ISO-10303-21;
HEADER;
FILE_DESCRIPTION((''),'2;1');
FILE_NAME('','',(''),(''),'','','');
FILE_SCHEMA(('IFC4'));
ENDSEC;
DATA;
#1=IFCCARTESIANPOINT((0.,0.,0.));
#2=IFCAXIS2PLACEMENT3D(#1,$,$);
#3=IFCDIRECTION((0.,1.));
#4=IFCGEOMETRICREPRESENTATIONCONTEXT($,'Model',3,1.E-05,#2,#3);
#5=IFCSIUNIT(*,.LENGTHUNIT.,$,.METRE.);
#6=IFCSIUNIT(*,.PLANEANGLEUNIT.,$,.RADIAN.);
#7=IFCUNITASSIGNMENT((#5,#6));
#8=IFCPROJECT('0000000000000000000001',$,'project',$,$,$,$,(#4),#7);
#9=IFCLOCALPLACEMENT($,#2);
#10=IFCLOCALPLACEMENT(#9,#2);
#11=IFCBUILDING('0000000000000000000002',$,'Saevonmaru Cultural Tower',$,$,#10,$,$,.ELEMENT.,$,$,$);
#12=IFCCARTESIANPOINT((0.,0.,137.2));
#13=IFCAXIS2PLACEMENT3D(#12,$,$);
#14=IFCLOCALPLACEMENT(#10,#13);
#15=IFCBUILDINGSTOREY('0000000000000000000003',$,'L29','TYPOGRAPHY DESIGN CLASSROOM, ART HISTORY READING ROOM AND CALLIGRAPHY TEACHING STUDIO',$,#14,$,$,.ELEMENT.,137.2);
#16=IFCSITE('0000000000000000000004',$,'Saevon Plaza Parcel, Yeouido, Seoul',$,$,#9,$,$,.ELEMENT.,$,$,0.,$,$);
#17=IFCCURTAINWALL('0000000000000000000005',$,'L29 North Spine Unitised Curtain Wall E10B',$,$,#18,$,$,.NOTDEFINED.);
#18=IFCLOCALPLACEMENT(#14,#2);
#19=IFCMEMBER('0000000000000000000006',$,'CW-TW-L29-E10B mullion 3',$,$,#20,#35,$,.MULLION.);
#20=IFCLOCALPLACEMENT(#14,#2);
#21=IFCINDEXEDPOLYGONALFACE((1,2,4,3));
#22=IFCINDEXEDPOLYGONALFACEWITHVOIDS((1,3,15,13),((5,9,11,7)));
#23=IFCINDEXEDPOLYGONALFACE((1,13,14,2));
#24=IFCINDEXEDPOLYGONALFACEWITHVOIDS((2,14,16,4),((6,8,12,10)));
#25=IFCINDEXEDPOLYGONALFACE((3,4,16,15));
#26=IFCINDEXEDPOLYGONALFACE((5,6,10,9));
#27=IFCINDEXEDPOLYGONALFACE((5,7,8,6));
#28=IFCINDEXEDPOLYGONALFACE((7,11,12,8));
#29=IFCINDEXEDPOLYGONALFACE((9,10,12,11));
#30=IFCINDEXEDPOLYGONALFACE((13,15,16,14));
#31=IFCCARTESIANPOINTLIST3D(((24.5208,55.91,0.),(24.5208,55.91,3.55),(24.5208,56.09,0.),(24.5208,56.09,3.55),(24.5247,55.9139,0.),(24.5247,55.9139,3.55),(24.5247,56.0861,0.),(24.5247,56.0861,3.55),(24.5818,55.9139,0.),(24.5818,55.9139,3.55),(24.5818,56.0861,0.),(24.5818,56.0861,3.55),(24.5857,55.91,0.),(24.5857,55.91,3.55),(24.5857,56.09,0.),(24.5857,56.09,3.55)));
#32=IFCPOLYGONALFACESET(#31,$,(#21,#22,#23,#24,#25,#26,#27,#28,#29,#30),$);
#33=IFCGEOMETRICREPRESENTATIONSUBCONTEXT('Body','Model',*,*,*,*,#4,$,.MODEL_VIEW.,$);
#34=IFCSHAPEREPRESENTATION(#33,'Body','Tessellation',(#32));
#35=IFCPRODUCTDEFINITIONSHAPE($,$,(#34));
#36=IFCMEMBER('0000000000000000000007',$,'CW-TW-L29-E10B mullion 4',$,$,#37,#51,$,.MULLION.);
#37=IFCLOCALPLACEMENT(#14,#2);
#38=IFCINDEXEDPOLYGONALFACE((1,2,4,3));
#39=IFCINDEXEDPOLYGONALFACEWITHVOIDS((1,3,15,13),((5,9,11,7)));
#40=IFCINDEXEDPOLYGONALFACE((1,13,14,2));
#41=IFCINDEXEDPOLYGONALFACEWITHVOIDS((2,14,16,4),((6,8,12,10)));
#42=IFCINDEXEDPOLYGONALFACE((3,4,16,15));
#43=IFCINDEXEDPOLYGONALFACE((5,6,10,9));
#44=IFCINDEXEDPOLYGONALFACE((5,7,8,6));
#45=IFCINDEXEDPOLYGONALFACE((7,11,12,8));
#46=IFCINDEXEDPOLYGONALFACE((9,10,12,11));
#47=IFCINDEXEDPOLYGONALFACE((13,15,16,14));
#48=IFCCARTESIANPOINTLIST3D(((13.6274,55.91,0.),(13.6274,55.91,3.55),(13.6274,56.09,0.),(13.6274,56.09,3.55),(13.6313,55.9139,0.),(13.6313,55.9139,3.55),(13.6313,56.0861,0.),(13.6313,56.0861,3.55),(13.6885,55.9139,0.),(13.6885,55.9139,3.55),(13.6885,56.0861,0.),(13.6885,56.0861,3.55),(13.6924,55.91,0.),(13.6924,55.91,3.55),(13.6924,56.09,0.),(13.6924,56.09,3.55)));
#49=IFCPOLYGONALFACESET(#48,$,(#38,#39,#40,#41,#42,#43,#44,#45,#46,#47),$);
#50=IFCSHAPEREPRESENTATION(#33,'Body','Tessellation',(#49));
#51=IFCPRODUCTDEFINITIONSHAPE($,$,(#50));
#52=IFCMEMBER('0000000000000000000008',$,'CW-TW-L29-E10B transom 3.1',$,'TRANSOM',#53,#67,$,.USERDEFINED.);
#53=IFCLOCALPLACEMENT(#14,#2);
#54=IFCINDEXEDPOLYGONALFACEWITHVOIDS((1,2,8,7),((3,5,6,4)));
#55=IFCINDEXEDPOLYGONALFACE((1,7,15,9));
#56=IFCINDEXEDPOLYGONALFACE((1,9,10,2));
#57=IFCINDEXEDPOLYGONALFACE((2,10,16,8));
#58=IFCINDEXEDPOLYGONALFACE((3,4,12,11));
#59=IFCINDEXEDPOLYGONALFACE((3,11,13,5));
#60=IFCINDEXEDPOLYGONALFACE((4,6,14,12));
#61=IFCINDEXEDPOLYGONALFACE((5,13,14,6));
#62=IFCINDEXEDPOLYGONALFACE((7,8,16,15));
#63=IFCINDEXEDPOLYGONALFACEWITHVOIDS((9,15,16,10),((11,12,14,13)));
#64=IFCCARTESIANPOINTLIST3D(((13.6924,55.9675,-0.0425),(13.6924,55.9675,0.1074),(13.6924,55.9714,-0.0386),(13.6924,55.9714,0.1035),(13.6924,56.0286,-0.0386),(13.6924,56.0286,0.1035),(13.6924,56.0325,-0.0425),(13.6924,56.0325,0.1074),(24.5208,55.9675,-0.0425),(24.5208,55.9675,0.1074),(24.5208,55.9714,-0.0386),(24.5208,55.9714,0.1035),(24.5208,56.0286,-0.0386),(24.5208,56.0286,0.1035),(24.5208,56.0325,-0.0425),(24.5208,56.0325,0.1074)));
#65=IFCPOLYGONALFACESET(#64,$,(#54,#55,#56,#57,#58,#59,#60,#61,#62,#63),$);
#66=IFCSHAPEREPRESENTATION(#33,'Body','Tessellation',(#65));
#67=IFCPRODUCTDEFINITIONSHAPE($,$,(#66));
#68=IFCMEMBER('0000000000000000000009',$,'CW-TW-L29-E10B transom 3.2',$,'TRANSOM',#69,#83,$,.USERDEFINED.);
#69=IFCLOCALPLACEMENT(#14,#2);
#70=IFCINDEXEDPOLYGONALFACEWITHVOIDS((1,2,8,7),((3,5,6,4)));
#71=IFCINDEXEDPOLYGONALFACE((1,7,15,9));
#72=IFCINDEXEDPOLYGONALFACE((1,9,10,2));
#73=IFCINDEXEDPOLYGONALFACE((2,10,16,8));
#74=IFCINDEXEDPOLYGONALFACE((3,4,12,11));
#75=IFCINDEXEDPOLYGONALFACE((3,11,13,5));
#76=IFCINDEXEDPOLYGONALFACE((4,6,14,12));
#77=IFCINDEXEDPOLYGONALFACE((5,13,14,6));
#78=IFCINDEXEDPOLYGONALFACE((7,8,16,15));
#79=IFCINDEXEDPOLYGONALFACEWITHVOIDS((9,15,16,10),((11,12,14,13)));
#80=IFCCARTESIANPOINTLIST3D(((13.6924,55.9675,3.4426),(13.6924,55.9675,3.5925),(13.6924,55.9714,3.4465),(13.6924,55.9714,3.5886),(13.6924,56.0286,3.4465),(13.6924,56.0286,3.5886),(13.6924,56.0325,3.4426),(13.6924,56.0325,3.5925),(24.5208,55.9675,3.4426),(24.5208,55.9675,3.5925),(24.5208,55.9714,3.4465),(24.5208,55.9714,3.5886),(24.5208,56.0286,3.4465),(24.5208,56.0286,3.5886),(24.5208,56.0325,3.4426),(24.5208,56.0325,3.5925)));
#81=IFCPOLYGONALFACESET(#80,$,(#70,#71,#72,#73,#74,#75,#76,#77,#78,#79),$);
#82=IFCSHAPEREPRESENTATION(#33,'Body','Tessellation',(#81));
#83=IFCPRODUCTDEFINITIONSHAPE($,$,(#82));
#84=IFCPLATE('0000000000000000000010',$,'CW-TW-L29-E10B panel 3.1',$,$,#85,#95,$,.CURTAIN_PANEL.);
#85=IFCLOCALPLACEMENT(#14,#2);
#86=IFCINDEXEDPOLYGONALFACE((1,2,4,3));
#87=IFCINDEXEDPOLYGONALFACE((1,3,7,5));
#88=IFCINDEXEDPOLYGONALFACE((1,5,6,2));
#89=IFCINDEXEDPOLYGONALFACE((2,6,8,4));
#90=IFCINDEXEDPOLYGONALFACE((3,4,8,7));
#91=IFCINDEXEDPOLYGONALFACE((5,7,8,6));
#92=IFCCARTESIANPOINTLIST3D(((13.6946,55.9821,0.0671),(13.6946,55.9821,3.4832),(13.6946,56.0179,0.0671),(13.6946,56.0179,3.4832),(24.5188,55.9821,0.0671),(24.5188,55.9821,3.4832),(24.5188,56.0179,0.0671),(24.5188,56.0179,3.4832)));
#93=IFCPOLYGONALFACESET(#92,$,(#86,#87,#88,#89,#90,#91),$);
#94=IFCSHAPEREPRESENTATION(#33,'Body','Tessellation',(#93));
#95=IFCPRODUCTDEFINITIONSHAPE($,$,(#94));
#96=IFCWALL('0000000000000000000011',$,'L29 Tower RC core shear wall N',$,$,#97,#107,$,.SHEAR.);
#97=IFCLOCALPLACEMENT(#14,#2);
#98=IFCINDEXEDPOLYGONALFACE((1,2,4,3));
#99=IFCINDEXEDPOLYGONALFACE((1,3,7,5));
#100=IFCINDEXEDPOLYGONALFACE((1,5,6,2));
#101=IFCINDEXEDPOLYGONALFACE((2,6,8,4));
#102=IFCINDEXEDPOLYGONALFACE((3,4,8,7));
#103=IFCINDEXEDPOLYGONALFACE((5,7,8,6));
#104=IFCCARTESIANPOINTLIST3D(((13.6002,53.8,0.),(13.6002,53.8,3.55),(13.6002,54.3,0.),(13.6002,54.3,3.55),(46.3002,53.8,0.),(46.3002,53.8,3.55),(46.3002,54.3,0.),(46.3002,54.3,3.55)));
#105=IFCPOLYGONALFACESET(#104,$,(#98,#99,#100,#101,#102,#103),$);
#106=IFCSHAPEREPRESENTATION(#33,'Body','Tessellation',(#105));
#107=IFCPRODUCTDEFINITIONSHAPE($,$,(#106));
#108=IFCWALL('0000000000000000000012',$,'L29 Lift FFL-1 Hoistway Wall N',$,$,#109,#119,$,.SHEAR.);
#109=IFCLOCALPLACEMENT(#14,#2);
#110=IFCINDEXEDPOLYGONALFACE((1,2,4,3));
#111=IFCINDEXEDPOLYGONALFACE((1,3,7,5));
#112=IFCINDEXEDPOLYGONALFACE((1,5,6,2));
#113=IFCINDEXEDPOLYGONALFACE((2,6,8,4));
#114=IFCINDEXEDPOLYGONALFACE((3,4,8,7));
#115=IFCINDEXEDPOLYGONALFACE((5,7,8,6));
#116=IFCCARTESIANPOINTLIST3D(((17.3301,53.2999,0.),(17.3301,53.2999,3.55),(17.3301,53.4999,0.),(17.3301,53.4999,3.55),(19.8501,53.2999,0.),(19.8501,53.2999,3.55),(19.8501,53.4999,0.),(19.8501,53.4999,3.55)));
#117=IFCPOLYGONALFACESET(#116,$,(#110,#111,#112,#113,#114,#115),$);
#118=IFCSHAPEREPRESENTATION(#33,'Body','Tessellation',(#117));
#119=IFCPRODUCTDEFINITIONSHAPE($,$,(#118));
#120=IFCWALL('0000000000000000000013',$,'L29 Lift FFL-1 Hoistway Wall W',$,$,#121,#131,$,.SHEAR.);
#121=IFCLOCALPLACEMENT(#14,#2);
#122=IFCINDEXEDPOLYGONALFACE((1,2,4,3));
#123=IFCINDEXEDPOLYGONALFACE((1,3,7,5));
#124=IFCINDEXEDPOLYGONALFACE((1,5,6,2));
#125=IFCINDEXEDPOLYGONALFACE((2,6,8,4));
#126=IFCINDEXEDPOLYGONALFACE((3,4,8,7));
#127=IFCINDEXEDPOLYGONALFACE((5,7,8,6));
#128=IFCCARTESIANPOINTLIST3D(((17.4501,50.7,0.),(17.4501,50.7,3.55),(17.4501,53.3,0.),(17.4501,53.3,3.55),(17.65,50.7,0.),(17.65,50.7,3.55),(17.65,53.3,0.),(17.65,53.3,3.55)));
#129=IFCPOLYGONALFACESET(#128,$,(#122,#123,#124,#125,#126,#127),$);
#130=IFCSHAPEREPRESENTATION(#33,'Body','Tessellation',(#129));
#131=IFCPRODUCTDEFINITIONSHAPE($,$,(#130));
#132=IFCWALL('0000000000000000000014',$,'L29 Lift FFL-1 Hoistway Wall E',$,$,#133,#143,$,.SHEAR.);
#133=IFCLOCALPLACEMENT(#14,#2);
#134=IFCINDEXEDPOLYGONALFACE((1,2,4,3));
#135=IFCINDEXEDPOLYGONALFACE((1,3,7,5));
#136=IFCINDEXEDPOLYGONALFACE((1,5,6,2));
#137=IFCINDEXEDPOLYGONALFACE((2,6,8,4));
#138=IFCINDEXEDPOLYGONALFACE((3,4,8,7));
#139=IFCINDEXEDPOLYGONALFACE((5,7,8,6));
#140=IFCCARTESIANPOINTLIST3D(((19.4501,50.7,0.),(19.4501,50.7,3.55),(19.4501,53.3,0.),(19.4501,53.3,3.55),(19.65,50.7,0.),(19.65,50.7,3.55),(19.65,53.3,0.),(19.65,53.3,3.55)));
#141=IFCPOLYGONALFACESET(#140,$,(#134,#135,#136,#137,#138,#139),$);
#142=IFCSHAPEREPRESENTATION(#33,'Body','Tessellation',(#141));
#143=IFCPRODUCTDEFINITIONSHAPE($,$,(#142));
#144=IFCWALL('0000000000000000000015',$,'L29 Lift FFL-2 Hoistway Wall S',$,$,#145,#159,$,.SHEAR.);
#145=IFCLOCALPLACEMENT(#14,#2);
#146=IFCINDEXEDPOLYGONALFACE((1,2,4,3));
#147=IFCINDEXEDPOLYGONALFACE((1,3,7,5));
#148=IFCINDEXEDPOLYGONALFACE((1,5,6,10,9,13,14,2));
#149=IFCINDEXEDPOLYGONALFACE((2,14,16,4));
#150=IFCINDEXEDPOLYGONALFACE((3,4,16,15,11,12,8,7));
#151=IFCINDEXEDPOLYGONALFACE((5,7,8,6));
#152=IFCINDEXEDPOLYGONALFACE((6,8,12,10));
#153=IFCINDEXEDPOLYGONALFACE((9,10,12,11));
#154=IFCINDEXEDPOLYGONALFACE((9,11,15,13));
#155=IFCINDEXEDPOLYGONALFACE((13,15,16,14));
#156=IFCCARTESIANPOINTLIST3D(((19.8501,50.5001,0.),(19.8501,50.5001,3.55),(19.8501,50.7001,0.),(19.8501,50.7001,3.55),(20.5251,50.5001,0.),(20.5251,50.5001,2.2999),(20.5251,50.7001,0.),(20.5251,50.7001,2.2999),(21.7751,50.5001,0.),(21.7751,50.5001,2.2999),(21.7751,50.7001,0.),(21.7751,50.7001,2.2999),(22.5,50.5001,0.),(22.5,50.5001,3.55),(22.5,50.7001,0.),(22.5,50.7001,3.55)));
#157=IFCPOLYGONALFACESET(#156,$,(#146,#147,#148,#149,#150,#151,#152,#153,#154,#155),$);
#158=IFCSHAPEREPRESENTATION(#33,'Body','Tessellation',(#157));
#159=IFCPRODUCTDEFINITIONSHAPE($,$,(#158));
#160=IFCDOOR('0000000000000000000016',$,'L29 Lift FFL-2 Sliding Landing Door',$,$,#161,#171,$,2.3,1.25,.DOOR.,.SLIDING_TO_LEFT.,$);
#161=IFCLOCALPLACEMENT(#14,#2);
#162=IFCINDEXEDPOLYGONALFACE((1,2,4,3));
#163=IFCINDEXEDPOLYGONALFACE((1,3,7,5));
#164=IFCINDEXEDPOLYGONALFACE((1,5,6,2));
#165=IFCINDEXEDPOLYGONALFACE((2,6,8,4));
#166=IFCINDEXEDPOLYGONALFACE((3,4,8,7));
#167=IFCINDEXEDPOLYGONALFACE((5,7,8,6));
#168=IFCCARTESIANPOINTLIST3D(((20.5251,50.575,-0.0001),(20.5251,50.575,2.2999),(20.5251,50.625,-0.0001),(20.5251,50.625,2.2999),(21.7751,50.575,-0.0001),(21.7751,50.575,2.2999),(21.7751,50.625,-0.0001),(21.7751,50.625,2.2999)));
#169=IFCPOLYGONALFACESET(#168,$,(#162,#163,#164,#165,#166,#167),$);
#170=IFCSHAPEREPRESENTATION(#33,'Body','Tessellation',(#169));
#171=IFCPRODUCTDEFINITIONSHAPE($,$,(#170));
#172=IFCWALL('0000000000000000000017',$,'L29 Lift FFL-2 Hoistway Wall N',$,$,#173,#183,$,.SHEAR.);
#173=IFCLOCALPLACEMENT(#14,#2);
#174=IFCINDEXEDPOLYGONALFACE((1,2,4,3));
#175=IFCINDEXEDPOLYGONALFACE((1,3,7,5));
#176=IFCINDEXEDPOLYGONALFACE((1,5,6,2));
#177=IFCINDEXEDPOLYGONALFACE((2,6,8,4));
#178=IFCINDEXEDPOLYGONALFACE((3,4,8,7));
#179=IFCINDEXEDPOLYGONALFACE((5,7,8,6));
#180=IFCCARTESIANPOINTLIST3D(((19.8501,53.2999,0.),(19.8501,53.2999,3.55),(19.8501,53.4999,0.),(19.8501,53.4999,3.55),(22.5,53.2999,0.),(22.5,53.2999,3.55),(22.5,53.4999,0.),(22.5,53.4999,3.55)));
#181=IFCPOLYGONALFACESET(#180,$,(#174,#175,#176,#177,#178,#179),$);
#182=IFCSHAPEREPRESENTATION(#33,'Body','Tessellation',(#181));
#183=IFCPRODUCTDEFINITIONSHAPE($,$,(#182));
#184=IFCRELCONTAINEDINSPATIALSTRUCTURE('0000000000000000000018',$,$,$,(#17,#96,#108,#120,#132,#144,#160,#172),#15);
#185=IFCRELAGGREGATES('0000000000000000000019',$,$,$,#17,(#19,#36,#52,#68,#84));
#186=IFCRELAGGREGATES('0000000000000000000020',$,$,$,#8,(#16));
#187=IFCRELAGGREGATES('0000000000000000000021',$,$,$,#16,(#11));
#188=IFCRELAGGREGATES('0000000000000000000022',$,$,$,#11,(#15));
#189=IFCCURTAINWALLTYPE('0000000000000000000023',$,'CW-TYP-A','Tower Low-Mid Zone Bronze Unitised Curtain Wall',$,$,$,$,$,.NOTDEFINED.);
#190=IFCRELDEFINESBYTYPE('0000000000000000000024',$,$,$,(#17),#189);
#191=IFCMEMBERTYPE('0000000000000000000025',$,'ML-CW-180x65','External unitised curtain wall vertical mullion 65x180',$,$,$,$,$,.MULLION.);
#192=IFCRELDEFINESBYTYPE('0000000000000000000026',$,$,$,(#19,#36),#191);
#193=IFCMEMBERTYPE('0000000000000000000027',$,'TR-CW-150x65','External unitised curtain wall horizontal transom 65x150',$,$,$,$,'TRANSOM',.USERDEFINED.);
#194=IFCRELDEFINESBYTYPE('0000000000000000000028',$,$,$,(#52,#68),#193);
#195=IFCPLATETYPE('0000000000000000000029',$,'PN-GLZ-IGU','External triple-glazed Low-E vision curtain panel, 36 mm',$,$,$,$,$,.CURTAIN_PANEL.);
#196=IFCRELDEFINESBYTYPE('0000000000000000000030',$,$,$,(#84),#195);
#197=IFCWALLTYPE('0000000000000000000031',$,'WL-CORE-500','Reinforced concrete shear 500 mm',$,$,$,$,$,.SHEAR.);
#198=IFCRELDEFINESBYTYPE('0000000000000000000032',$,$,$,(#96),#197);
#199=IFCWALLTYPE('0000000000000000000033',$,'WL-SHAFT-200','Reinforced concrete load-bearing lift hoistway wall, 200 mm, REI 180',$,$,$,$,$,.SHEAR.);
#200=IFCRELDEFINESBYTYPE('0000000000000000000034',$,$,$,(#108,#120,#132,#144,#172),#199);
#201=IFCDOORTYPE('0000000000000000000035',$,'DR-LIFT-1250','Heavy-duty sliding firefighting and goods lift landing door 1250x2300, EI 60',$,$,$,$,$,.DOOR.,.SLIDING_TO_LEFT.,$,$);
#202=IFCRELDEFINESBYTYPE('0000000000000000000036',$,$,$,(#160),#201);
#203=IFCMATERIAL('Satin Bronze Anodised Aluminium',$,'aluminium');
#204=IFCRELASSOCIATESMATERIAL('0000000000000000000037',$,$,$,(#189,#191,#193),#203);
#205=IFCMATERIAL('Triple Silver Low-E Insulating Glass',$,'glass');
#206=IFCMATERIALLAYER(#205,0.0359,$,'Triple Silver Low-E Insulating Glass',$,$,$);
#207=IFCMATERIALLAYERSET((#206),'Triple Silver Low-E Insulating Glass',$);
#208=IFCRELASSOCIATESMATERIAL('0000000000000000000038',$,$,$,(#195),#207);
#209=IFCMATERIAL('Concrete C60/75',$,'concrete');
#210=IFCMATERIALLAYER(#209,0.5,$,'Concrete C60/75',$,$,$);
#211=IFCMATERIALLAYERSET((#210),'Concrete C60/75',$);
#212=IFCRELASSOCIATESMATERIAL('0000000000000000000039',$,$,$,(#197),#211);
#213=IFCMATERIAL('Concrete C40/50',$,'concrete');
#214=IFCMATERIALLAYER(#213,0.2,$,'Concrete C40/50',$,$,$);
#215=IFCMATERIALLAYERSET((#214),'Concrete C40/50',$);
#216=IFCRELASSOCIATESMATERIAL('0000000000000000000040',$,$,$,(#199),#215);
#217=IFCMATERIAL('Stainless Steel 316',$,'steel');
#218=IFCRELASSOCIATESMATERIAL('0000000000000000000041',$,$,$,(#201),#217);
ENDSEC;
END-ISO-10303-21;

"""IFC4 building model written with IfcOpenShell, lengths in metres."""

from ifc_helpers import new_model, si_unit, direction, frame, frame_2d, origin, origin_2d, place, context, subcontext, project, spatial, rectangle, hollow_rectangle, extrude, material, layer, layer_set, material_profile, profile_set, type_object, element, fill, aggregate, save


model = new_model("IFC4")

# Units and contexts
model_context = context("Model", 3, precision=1e-05, world=origin(), true_north=direction((0.0, 1.0)))
body_context = subcontext(model_context, "Body", "Model", "MODEL_VIEW")
ifc_project = project(units=[si_unit("LENGTHUNIT", "METRE"), si_unit("PLANEANGLEUNIT", "RADIAN")], contexts=[model_context])

# Site, building, storey
site_placement = place(None, origin())
site = spatial("IfcSite", under=ifc_project, at=site_placement, Name="Saevon Plaza Parcel, Yeouido, Seoul", CompositionType="ELEMENT", RefElevation=0.0)
building_placement = place(site_placement, origin())
building = spatial("IfcBuilding", under=site, at=building_placement, Name="Saevonmaru Cultural Tower", CompositionType="ELEMENT")
storey_placement = place(building_placement, frame((0.0, 0.0, 137.2)))
storey = spatial("IfcBuildingStorey", under=building, at=storey_placement, Name="L29", Description="TYPOGRAPHY DESIGN CLASSROOM, ART HISTORY READING ROOM AND CALLIGRAPHY TEACHING STUDIO", CompositionType="ELEMENT", Elevation=137.2)

# Curtain wall, members, plate
ifc_material_1 = material(Name="Satin Bronze Anodised Aluminium", Category="aluminium")
curtain_wall_type = type_object("IfcCurtainWallType", Name="CW-TYP-A", Description="Tower Low-Mid Zone Bronze Unitised Curtain Wall", PredefinedType="NOTDEFINED", material=ifc_material_1)
curtain_wall_placement = place(storey_placement, origin())
curtain_wall = element("IfcCurtainWall", 1, at=curtain_wall_placement, inside=storey, type_object=curtain_wall_type, Name="L29 North Spine Unitised Curtain Wall E10B", PredefinedType="NOTDEFINED")
ifc_material_profile_1 = material_profile(ifc_material_1, hollow_rectangle(XDim=0.0649, YDim=0.1799, WallThickness=0.0039, at=origin_2d()), Name="ALU-MULL-180x65x4")
ifc_profile_set_1 = profile_set([ifc_material_profile_1], Name="Satin Bronze Anodised Aluminium")
member_type_1 = type_object("IfcMemberType", Name="ML-CW-180x65", Description="External unitised curtain wall vertical mullion 65x180", PredefinedType="MULLION", material=ifc_profile_set_1)
member_1_placement = place(storey_placement, frame((24.5532, 56.0, 0.0), z_axis=(0.0, 0.0, 1.0), x_axis=(-1.0, 0.0, 0.0)))
member_1 = element("IfcMember", 2, at=member_1_placement, type_object=member_type_1, Name="CW-TW-L29-E10B mullion 3", PredefinedType="MULLION", context=body_context, shape_type="SweptSolid", body=[
    extrude(hollow_rectangle(XDim=0.0649, YDim=0.1799, WallThickness=0.0039, at=origin_2d()), origin(), (0.0, 0.0, 1.0), 3.55),
])
member_2_placement = place(storey_placement, frame((13.6599, 56.0, 0.0), z_axis=(0.0, 0.0, 1.0), x_axis=(-1.0, 0.0, 0.0)))
member_2 = element("IfcMember", 3, at=member_2_placement, type_object=member_type_1, Name="CW-TW-L29-E10B mullion 4", PredefinedType="MULLION", context=body_context, shape_type="SweptSolid", body=[
    extrude(hollow_rectangle(XDim=0.0649, YDim=0.1799, WallThickness=0.0039, at=origin_2d()), origin(), (0.0, 0.0, 1.0), 3.55),
])
ifc_material_profile_2 = material_profile(ifc_material_1, hollow_rectangle(XDim=0.0649, YDim=0.1499, WallThickness=0.0039, at=origin_2d()), Name="ALU-TRAN-150x65x4")
ifc_profile_set_2 = profile_set([ifc_material_profile_2], Name="Satin Bronze Anodised Aluminium")
member_type_2 = type_object("IfcMemberType", Name="TR-CW-150x65", Description="External unitised curtain wall horizontal transom 65x150", ElementType="TRANSOM", PredefinedType="USERDEFINED", material=ifc_profile_set_2)
member_3_placement = place(storey_placement, frame((24.5208, 56.0, 0.0325), z_axis=(-1.0, 0.0, 0.0), x_axis=(0.0, -1.0, 0.0)))
member_3 = element("IfcMember", 4, at=member_3_placement, type_object=member_type_2, Name="CW-TW-L29-E10B transom 3.1", ObjectType="TRANSOM", PredefinedType="USERDEFINED", context=body_context, shape_type="SweptSolid", body=[
    extrude(hollow_rectangle(XDim=0.0649, YDim=0.1499, WallThickness=0.0039, at=origin_2d()), origin(), (0.0, 0.0, 1.0), 10.8284),
])
member_4_placement = place(storey_placement, frame((24.5208, 56.0, 3.5176), z_axis=(-1.0, 0.0, 0.0), x_axis=(0.0, -1.0, 0.0)))
member_4 = element("IfcMember", 5, at=member_4_placement, type_object=member_type_2, Name="CW-TW-L29-E10B transom 3.2", ObjectType="TRANSOM", PredefinedType="USERDEFINED", context=body_context, shape_type="SweptSolid", body=[
    extrude(hollow_rectangle(XDim=0.0649, YDim=0.1499, WallThickness=0.0039, at=origin_2d()), origin(), (0.0, 0.0, 1.0), 10.8284),
])
ifc_material_2 = material(Name="Triple Silver Low-E Insulating Glass", Category="glass")
ifc_layer_1 = layer(ifc_material_2, 0.0359, Name="Triple Silver Low-E Insulating Glass")
ifc_layer_set_1 = layer_set([ifc_layer_1], Name="Triple Silver Low-E Insulating Glass")
plate_type = type_object("IfcPlateType", Name="PN-GLZ-IGU", Description="External triple-glazed Low-E vision curtain panel, 36 mm", PredefinedType="CURTAIN_PANEL", material=ifc_layer_set_1)
plate_placement = place(storey_placement, frame((19.1067, 56.0, 0.0671), z_axis=(0.0, 0.0, 1.0), x_axis=(-1.0, 0.0, 0.0)))
plate = element("IfcPlate", 6, at=plate_placement, type_object=plate_type, Name="CW-TW-L29-E10B panel 3.1", PredefinedType="CURTAIN_PANEL", context=body_context, shape_type="SweptSolid", body=[
    extrude(rectangle(XDim=10.8242, YDim=0.0359, at=origin_2d()), origin(), (0.0, 0.0, 1.0), 3.416),
])
aggregate(curtain_wall, [member_1, member_2, member_3, member_4, plate])

# Walls
ifc_material_3 = material(Name="Concrete C60/75", Category="concrete")
ifc_layer_2 = layer(ifc_material_3, 0.5, Name="Concrete C60/75")
ifc_layer_set_2 = layer_set([ifc_layer_2], Name="Concrete C60/75")
wall_type_1 = type_object("IfcWallType", Name="WL-CORE-500", Description="Reinforced concrete shear 500 mm", PredefinedType="SHEAR", material=ifc_layer_set_2)
wall_1_placement = place(storey_placement, frame((13.6001, 54.05, 0.0), z_axis=(0.0, 0.0, 1.0), x_axis=(1.0, 0.0, 0.0)))
element("IfcWall", 7, at=wall_1_placement, inside=storey, type_object=wall_type_1, Name="L29 Tower RC core shear wall N", PredefinedType="SHEAR", context=body_context, shape_type="SweptSolid", body=[
    extrude(rectangle(XDim=32.7, YDim=0.5, at=frame_2d((16.3501, 0.0))), origin(), (0.0, 0.0, 1.0), 3.55),
])
ifc_material_4 = material(Name="Concrete C40/50", Category="concrete")
ifc_layer_3 = layer(ifc_material_4, 0.2, Name="Concrete C40/50")
ifc_layer_set_3 = layer_set([ifc_layer_3], Name="Concrete C40/50")
wall_type_2 = type_object("IfcWallType", Name="WL-SHAFT-200", Description="Reinforced concrete load-bearing lift hoistway wall, 200 mm, REI 180", PredefinedType="SHEAR", material=ifc_layer_set_3)
wall_2_placement = place(storey_placement, frame((17.3301, 53.3999, 0.0), z_axis=(0.0, 0.0, 1.0), x_axis=(1.0, 0.0, 0.0)))
element("IfcWall", 8, at=wall_2_placement, inside=storey, type_object=wall_type_2, Name="L29 Lift FFL-1 Hoistway Wall N", PredefinedType="SHEAR", context=body_context, shape_type="SweptSolid", body=[
    extrude(rectangle(XDim=2.52, YDim=0.2, at=frame_2d((1.26, 0.0))), origin(), (0.0, 0.0, 1.0), 3.55),
])
for number, where, z_axis, x_axis, name in (
    (9, (17.55, 50.7, 0.0), (0.0, 0.0, 1.0), (0.0, 1.0, 0.0), "L29 Lift FFL-1 Hoistway Wall W"),
    (10, (19.55, 50.7, 0.0), (0.0, 0.0, 1.0), (0.0, 1.0, 0.0), "L29 Lift FFL-1 Hoistway Wall E"),
):
    element("IfcWall", number, at=place(storey_placement, frame(where, z_axis=z_axis, x_axis=x_axis)), inside=storey, type_object=wall_type_2, Name=name, PredefinedType="SHEAR", context=body_context, shape_type="SweptSolid", body=[
        extrude(rectangle(XDim=2.6001, YDim=0.2, at=frame_2d((1.3, 0.0))), origin(), (0.0, 0.0, 1.0), 3.55),
    ])

# Wall, opening, door
wall_3_placement = place(storey_placement, frame((19.8501, 50.6001, 0.0), z_axis=(0.0, 0.0, 1.0), x_axis=(1.0, 0.0, 0.0)))
wall_3 = element("IfcWall", 11, at=wall_3_placement, inside=storey, type_object=wall_type_2, Name="L29 Lift FFL-2 Hoistway Wall S", PredefinedType="SHEAR", context=body_context, shape_type="SweptSolid", body=[
    extrude(rectangle(XDim=2.6499, YDim=0.2, at=frame_2d((1.325, 0.0))), origin(), (0.0, 0.0, 1.0), 3.55),
])
opening_1_placement = place(wall_3_placement, frame((0.675, 0.0, 0.0)))
opening_1 = element("IfcOpeningElement", 12, at=opening_1_placement, cuts=wall_3, PredefinedType="OPENING", context=body_context, shape_type="SweptSolid", body=[
    extrude(rectangle(XDim=1.25, YDim=2.3, at=frame_2d((0.625, 1.1499))), frame((0.0, 0.1099, 0.0), z_axis=(0.0, -1.0, 0.0), x_axis=(1.0, 0.0, 0.0)), (0.0, 0.0, 1.0), 0.22),
])
ifc_material_5 = material(Name="Stainless Steel 316", Category="steel")
door_type = type_object("IfcDoorType", Name="DR-LIFT-1250", Description="Heavy-duty sliding firefighting and goods lift landing door 1250x2300, EI 60", OperationType="SLIDING_TO_LEFT", PredefinedType="DOOR", material=ifc_material_5)
door_1_placement = place(opening_1_placement, origin())
door_1 = element("IfcDoor", 13, at=door_1_placement, inside=storey, type_object=door_type, Name="L29 Lift FFL-2 Sliding Landing Door", OperationType="SLIDING_TO_LEFT", OverallHeight=2.3, OverallWidth=1.25, PredefinedType="DOOR", context=body_context, shape_type="SweptSolid", body=[
    extrude(rectangle(XDim=1.25, YDim=2.3, at=frame_2d((0.625, 1.1499))), frame((0.0, 0.0249, 0.0), z_axis=(0.0, -1.0, 0.0), x_axis=(1.0, 0.0, 0.0)), (0.0, 0.0, 1.0), 0.05),
])
fill(opening_1, door_1)

# Wall
wall_4_placement = place(storey_placement, frame((19.8501, 53.3999, 0.0), z_axis=(0.0, 0.0, 1.0), x_axis=(1.0, 0.0, 0.0)))
element("IfcWall", 14, at=wall_4_placement, inside=storey, type_object=wall_type_2, Name="L29 Lift FFL-2 Hoistway Wall N", PredefinedType="SHEAR", context=body_context, shape_type="SweptSolid", body=[
    extrude(rectangle(XDim=2.6499, YDim=0.2, at=frame_2d((1.325, 0.0))), origin(), (0.0, 0.0, 1.0), 3.55),
])

save(model, "model.ifc")
